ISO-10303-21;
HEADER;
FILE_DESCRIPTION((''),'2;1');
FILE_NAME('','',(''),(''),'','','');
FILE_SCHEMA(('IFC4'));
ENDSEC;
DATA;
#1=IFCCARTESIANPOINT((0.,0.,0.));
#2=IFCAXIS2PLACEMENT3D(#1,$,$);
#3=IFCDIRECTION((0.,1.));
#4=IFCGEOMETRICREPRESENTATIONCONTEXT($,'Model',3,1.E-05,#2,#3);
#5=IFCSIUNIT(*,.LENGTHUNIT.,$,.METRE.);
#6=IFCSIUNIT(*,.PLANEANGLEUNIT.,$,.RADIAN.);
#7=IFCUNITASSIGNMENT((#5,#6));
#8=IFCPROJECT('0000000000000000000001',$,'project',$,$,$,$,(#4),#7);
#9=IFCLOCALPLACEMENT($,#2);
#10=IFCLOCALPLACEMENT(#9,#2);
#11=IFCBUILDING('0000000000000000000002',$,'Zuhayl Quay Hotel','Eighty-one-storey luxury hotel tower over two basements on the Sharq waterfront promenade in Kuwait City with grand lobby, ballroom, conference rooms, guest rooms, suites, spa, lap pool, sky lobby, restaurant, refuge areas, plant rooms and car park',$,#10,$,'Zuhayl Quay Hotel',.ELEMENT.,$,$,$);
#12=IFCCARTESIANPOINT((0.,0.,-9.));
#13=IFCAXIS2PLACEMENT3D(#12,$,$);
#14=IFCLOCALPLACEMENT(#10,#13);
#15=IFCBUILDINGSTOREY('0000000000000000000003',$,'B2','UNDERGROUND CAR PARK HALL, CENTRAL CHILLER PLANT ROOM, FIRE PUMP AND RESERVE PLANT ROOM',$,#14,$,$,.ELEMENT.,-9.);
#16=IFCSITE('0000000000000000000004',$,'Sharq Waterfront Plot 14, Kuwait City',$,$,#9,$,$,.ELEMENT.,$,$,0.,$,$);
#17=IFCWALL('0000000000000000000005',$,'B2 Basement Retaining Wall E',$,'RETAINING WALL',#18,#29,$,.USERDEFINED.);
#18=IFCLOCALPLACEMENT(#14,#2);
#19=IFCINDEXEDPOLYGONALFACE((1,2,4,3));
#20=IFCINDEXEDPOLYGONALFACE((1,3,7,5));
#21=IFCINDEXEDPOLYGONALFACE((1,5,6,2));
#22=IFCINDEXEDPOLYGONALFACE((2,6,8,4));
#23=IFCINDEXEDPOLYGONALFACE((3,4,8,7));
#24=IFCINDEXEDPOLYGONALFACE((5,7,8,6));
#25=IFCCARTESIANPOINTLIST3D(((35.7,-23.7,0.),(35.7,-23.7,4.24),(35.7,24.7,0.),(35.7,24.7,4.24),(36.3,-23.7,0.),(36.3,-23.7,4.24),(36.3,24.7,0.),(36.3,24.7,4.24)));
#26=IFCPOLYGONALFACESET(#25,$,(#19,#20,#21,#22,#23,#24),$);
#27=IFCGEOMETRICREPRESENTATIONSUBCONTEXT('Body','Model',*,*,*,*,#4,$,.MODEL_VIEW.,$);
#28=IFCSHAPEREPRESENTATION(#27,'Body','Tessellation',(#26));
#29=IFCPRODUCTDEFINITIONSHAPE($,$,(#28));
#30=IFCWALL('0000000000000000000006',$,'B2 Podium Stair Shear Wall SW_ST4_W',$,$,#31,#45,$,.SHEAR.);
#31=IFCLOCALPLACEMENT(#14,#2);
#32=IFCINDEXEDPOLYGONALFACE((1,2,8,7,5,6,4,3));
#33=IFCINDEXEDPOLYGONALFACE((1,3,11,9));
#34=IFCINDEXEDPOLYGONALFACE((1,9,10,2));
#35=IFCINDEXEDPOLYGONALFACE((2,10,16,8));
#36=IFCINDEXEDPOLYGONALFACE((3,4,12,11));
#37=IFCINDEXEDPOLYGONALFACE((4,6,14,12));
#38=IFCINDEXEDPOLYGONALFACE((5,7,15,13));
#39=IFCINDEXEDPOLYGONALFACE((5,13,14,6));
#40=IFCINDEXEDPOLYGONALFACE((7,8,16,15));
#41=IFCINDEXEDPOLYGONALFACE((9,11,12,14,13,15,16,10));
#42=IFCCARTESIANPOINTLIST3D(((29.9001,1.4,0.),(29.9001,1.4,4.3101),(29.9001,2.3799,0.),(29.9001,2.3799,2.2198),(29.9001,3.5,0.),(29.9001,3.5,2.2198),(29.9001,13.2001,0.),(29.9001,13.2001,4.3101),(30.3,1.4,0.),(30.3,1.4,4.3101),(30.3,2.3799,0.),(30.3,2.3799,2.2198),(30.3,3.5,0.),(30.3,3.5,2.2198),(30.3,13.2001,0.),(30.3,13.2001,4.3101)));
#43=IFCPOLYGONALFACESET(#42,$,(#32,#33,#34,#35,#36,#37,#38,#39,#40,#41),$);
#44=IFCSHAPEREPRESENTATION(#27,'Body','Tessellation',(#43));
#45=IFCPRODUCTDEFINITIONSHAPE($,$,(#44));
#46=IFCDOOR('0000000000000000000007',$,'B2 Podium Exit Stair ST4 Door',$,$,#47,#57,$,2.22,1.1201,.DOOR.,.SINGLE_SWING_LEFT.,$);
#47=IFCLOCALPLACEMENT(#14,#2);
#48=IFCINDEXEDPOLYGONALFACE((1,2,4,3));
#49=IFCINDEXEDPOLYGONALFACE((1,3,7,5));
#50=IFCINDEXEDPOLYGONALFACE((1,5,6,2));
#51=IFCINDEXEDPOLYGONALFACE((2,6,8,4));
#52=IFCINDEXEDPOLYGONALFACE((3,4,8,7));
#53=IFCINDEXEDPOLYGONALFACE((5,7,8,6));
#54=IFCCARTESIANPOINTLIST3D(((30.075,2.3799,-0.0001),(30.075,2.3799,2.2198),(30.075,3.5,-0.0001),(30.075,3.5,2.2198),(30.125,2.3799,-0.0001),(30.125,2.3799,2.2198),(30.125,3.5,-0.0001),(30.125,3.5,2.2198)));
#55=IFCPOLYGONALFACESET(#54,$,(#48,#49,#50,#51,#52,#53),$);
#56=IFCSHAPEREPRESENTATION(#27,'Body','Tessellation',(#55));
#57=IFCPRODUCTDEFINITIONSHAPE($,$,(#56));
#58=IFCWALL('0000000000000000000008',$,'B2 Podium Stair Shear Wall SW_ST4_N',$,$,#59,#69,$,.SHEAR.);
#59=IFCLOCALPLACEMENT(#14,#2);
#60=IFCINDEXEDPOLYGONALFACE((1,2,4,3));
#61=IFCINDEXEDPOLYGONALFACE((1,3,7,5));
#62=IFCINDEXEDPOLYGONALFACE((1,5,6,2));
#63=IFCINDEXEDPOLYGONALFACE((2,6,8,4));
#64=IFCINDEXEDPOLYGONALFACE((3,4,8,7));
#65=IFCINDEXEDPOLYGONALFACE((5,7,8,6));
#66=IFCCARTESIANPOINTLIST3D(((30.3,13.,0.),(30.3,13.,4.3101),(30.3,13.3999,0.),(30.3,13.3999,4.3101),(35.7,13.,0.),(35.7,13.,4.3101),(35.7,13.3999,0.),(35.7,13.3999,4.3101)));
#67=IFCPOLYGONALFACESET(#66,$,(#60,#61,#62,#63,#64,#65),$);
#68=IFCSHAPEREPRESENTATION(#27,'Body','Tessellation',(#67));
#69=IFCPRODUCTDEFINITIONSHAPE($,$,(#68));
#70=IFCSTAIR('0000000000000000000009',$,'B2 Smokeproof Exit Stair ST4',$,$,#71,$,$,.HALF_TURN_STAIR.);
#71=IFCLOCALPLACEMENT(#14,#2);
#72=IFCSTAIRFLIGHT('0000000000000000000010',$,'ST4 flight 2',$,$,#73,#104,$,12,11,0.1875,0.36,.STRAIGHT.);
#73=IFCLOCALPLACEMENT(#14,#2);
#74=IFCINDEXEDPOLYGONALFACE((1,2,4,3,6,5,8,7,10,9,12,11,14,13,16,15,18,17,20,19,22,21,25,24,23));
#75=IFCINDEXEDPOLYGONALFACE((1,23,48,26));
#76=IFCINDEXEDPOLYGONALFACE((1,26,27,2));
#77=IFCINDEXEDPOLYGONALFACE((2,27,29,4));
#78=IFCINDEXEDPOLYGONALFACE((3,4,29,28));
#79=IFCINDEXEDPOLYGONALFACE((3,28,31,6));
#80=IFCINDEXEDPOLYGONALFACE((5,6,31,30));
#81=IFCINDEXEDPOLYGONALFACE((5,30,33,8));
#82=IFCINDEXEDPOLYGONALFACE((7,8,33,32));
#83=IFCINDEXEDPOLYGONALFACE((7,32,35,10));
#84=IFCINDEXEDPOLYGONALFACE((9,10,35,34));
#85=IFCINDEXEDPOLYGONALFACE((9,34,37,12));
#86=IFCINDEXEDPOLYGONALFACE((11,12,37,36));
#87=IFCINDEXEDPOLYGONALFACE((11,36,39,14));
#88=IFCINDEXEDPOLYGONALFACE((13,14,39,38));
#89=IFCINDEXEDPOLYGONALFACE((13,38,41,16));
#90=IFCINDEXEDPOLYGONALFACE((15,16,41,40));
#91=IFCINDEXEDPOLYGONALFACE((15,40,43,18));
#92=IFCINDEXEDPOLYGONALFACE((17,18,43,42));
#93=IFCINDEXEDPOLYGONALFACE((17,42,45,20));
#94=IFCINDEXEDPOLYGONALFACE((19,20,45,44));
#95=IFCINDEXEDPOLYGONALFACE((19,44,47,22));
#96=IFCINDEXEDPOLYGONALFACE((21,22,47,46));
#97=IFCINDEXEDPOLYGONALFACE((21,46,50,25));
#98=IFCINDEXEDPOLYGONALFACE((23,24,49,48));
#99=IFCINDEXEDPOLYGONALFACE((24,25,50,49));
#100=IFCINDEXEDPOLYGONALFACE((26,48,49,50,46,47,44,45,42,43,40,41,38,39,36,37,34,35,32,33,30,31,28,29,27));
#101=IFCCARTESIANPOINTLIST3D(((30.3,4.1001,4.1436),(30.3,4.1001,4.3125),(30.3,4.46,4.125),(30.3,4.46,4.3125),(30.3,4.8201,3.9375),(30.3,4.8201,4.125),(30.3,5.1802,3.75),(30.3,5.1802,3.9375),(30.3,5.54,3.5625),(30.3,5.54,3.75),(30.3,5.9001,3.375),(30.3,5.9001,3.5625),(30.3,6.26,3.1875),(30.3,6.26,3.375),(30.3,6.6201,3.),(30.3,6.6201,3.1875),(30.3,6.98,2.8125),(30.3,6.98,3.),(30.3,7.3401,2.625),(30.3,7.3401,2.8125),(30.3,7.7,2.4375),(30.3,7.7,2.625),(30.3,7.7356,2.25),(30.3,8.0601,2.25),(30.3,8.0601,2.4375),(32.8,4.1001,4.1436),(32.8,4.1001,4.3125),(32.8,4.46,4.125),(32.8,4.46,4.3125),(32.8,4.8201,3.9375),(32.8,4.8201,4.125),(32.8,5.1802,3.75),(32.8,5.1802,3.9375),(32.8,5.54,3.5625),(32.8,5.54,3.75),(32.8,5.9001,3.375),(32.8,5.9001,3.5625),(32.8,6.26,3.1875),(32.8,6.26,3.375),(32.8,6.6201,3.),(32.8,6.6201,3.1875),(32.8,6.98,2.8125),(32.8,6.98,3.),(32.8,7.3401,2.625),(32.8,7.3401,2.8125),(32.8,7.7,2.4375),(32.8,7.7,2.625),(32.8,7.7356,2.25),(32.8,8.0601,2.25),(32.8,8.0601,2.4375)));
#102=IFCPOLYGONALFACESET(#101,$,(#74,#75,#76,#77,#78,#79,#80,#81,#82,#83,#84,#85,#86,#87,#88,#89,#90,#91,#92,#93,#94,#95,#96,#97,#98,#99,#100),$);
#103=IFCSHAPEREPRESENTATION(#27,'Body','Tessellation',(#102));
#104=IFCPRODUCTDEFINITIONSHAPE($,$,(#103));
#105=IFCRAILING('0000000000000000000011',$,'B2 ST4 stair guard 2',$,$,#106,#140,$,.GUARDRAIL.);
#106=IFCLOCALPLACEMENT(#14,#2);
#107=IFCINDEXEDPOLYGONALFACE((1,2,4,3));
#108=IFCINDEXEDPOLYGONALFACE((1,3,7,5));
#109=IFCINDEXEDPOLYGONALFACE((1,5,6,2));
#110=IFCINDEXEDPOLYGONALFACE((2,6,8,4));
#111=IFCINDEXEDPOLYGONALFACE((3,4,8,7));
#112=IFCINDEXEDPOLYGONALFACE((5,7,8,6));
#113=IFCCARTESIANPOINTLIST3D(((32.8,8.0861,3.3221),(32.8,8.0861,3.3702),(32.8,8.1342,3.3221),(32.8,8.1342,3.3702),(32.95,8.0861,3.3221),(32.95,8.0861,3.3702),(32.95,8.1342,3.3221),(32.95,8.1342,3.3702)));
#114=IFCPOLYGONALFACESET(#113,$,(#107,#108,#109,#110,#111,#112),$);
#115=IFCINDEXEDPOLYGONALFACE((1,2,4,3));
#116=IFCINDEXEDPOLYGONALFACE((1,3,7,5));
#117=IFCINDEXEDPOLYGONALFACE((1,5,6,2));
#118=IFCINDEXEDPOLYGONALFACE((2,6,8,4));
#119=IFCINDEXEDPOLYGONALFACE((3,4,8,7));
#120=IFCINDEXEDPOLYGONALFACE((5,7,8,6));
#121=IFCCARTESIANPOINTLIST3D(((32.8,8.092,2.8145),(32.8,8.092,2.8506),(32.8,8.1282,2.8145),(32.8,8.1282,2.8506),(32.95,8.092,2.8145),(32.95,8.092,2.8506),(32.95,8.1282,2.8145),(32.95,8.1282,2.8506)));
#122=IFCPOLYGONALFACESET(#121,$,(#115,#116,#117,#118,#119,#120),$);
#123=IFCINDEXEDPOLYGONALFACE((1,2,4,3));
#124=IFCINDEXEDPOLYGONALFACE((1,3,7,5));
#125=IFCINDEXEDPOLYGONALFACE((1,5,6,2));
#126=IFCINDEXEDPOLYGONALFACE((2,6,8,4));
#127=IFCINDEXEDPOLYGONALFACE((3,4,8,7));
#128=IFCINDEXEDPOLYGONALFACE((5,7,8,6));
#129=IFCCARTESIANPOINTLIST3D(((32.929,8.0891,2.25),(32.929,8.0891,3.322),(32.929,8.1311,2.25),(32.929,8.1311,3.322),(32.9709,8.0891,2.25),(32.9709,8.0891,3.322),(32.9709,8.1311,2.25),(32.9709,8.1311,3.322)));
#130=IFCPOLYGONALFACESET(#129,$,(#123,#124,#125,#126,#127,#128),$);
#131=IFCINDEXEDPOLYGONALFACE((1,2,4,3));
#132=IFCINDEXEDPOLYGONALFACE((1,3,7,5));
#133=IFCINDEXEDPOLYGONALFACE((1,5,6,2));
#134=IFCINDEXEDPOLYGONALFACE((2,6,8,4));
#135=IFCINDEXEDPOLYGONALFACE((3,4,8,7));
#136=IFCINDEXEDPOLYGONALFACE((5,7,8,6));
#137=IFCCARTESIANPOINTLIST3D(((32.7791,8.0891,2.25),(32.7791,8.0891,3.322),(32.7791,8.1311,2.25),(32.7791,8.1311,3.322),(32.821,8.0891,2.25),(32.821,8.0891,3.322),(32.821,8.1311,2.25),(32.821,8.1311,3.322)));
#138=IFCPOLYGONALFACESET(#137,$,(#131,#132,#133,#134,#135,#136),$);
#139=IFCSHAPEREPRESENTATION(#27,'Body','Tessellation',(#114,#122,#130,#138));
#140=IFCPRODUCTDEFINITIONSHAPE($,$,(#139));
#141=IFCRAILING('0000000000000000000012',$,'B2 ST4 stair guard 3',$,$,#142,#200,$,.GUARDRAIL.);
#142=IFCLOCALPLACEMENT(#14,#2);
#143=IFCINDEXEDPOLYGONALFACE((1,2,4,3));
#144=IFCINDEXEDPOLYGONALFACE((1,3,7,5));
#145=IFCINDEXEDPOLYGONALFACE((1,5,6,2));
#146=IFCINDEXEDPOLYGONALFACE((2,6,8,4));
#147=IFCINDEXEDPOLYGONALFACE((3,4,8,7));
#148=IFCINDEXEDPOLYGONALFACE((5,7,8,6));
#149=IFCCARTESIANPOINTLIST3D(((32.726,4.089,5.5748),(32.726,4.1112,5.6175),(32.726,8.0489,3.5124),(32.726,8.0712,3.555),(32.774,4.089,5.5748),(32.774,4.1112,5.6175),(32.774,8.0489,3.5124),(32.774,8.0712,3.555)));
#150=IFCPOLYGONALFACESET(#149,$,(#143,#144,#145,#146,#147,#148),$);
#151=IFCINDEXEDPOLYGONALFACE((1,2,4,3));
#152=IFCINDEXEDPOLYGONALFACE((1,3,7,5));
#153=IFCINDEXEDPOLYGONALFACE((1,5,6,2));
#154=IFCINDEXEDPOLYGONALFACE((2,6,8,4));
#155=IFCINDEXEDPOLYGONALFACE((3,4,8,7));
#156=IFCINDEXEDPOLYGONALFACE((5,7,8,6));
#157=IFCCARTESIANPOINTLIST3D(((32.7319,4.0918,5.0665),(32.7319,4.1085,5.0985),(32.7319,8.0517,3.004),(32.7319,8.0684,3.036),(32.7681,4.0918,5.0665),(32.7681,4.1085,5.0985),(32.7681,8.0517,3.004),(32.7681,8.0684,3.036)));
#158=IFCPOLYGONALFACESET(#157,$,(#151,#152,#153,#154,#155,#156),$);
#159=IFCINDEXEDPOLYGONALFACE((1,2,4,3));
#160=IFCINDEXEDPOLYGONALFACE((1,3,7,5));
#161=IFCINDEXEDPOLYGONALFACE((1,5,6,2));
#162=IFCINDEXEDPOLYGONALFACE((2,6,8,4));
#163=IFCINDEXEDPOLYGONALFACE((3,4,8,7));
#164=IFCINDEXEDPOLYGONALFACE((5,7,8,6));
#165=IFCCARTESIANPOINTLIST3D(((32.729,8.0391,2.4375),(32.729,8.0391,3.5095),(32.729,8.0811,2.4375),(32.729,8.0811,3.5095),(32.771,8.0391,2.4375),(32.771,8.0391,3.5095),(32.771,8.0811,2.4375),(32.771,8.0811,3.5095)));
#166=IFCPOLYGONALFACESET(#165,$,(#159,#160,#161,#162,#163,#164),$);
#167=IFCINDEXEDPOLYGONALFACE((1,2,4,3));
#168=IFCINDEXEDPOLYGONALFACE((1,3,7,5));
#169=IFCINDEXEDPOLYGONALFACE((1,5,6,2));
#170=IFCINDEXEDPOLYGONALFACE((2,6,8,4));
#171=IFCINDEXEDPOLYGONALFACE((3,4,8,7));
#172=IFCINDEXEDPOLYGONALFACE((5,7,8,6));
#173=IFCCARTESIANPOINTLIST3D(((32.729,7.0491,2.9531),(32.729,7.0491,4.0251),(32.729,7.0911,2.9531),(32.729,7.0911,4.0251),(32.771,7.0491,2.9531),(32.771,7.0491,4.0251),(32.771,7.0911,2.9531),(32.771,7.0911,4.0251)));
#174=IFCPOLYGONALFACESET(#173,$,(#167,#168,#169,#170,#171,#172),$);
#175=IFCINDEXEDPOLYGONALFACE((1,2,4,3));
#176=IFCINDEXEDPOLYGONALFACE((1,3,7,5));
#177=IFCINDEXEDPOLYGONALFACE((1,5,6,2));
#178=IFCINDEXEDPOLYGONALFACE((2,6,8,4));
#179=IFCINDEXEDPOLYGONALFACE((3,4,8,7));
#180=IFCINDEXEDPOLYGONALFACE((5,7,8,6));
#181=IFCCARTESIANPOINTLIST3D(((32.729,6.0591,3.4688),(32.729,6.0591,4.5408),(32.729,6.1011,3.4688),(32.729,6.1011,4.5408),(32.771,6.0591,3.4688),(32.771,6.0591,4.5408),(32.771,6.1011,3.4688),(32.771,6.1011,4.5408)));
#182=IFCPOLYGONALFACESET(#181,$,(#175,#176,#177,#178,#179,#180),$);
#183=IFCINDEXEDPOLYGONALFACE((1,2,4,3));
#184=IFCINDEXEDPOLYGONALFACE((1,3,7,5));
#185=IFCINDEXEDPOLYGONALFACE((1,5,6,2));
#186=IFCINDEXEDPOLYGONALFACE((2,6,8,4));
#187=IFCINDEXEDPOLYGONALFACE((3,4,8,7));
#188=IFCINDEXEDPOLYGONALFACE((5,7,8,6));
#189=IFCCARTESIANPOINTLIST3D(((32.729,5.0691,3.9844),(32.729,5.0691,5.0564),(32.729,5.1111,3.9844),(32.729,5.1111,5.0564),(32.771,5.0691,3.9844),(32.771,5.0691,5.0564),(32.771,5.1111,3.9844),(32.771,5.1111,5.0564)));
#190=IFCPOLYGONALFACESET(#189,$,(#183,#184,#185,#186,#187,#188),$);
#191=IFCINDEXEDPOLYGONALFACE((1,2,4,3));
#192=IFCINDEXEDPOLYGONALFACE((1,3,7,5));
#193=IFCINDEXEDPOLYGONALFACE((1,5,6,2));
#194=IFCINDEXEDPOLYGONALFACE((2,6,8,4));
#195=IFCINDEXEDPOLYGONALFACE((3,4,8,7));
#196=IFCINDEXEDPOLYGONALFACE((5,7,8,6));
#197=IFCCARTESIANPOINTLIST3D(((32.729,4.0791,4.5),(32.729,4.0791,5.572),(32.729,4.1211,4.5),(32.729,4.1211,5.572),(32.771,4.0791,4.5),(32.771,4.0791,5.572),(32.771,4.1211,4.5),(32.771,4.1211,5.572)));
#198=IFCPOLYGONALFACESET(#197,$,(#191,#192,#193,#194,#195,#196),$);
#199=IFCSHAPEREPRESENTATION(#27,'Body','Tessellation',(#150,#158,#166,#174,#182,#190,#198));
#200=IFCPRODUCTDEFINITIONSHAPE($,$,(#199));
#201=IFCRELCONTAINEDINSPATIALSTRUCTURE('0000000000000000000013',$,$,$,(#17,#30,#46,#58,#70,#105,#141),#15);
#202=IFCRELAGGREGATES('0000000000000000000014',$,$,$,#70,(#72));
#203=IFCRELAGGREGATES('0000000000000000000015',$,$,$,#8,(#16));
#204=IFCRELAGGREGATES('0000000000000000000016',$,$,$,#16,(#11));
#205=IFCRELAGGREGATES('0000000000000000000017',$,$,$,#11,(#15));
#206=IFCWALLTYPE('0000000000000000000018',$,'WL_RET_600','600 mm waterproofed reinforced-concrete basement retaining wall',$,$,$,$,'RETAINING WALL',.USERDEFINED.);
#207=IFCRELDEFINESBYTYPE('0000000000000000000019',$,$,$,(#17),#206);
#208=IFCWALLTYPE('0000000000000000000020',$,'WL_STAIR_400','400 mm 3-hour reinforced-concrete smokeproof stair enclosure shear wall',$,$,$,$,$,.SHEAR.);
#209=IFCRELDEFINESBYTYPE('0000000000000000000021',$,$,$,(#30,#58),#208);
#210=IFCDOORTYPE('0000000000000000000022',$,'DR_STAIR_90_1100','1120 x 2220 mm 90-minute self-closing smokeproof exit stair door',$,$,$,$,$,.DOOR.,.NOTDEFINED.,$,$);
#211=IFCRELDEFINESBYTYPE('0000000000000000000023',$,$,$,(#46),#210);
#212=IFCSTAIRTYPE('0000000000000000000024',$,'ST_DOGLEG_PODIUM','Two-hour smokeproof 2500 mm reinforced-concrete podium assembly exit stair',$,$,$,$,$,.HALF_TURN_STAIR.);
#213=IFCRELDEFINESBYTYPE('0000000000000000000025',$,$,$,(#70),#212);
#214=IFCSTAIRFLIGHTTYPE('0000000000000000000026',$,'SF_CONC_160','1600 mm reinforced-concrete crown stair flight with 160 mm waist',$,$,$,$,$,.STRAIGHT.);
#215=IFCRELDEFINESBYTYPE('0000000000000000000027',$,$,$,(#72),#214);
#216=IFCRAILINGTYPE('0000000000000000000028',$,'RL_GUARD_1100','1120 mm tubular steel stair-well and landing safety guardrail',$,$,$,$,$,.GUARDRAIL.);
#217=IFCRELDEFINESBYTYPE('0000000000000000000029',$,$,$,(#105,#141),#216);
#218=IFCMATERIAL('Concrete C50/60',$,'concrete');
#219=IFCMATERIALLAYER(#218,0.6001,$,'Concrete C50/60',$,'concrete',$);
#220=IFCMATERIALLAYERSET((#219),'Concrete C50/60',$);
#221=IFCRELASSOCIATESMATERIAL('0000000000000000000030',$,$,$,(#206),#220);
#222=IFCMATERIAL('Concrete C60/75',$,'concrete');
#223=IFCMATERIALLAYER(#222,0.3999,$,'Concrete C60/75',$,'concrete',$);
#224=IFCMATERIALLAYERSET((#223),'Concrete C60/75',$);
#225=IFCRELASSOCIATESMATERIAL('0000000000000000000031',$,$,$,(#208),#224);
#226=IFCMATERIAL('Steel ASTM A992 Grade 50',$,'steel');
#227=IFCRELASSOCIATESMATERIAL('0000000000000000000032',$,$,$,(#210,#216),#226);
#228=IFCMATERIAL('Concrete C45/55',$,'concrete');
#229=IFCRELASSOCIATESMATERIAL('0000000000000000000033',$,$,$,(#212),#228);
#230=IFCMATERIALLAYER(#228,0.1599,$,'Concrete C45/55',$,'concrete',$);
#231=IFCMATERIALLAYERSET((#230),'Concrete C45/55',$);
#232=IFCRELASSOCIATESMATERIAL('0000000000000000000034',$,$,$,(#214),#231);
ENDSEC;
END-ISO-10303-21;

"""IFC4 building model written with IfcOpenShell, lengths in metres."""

from ifc_helpers import new_model, si_unit, direction, frame, frame_2d, origin, origin_2d, place, context, subcontext, project, spatial, polyline, rectangle, outline, extrude, material, layer, layer_set, type_object, element, fill, aggregate, save


model = new_model("IFC4")

# Units and contexts
model_context = context("Model", 3, precision=1e-05, world=origin(), true_north=direction((0.0, 1.0)))
body_context = subcontext(model_context, "Body", "Model", "MODEL_VIEW")
ifc_project = project(units=[si_unit("LENGTHUNIT", "METRE"), si_unit("PLANEANGLEUNIT", "RADIAN")], contexts=[model_context])

# Site, building, storey
site_placement = place(None, origin())
site = spatial("IfcSite", under=ifc_project, at=site_placement, Name="Sharq Waterfront Plot 14, Kuwait City", CompositionType="ELEMENT", RefElevation=0.0)
building_placement = place(site_placement, origin())
building = spatial("IfcBuilding", under=site, at=building_placement, Name="Zuhayl Quay Hotel", Description="Eighty-one-storey luxury hotel tower over two basements on the Sharq waterfront promenade in Kuwait City with grand lobby, ballroom, conference rooms, guest rooms, suites, spa, lap pool, sky lobby, restaurant, refuge areas, plant rooms and car park", LongName="Zuhayl Quay Hotel", CompositionType="ELEMENT")
storey_placement = place(building_placement, frame((0.0, 0.0, -9.0)))
storey = spatial("IfcBuildingStorey", under=building, at=storey_placement, Name="B2", Description="UNDERGROUND CAR PARK HALL, CENTRAL CHILLER PLANT ROOM, FIRE PUMP AND RESERVE PLANT ROOM", CompositionType="ELEMENT", Elevation=-9.0)

# Shared definitions
ifc_material_1 = material(Name="Concrete C60/75", Category="concrete")

# Shared definitions
ifc_material_2 = material(Name="Concrete C50/60", Category="concrete")

# Wall
ifc_layer_1 = layer(ifc_material_2, 0.6001, Name="Concrete C50/60", Category="concrete")
ifc_layer_set_1 = layer_set([ifc_layer_1], Name="Concrete C50/60")
wall_type_1 = type_object("IfcWallType", Name="WL_RET_600", Description="600 mm waterproofed reinforced-concrete basement retaining wall", ElementType="RETAINING WALL", PredefinedType="USERDEFINED", material=ifc_layer_set_1)
wall_1_placement = place(storey_placement, frame((36.0, 24.7, 0.0), z_axis=(0.0, 0.0, 1.0), x_axis=(0.0, -1.0, 0.0)))
element("IfcWall", 1, at=wall_1_placement, inside=storey, type_object=wall_type_1, Name="B2 Basement Retaining Wall E", ObjectType="RETAINING WALL", PredefinedType="USERDEFINED", context=body_context, shape_type="SweptSolid", body=[
    extrude(rectangle(XDim=48.3999, YDim=0.6001, at=frame_2d((24.2, 0.0))), origin(), (0.0, 0.0, 1.0), 4.24),
])

# Wall, opening, door
ifc_layer_2 = layer(ifc_material_1, 0.3999, Name="Concrete C60/75", Category="concrete")
ifc_layer_set_2 = layer_set([ifc_layer_2], Name="Concrete C60/75")
wall_type_2 = type_object("IfcWallType", Name="WL_STAIR_400", Description="400 mm 3-hour reinforced-concrete smokeproof stair enclosure shear wall", PredefinedType="SHEAR", material=ifc_layer_set_2)
wall_2_placement = place(storey_placement, frame((30.1001, 13.2, 0.0), z_axis=(0.0, 0.0, 1.0), x_axis=(0.0, -1.0, 0.0)))
wall_2 = element("IfcWall", 2, at=wall_2_placement, inside=storey, type_object=wall_type_2, Name="B2 Podium Stair Shear Wall SW_ST4_W", PredefinedType="SHEAR", context=body_context, shape_type="SweptSolid", body=[
    extrude(rectangle(XDim=11.8, YDim=0.3999, at=frame_2d((5.8999, 0.0))), origin(), (0.0, 0.0, 1.0), 4.3101),
])
opening_1_placement = place(wall_2_placement, frame((9.7, 0.0, 0.0)))
opening_1 = element("IfcOpeningElement", 3, at=opening_1_placement, cuts=wall_2, PredefinedType="OPENING", context=body_context, shape_type="SweptSolid", body=[
    extrude(rectangle(XDim=1.1201, YDim=2.22, at=frame_2d((0.5601, 1.1099))), frame((0.0, 0.21, 0.0), z_axis=(0.0, -1.0, 0.0), x_axis=(1.0, 0.0, 0.0)), (0.0, 0.0, 1.0), 0.4199),
])
ifc_material_3 = material(Name="Steel ASTM A992 Grade 50", Category="steel")
door_type_1 = type_object("IfcDoorType", Name="DR_STAIR_90_1100", Description="1120 x 2220 mm 90-minute self-closing smokeproof exit stair door", OperationType="NOTDEFINED", PredefinedType="DOOR", material=ifc_material_3)
door_1_placement = place(opening_1_placement, origin())
door_1 = element("IfcDoor", 4, at=door_1_placement, inside=storey, type_object=door_type_1, Name="B2 Podium Exit Stair ST4 Door", OperationType="SINGLE_SWING_LEFT", OverallHeight=2.22, OverallWidth=1.1201, PredefinedType="DOOR", context=body_context, shape_type="SweptSolid", body=[
    extrude(rectangle(XDim=1.1201, YDim=2.22, at=frame_2d((0.5601, 1.1099))), frame((0.0, 0.0249, 0.0), z_axis=(0.0, -1.0, 0.0), x_axis=(1.0, 0.0, 0.0)), (0.0, 0.0, 1.0), 0.05),
])
fill(opening_1, door_1)

# Wall
wall_3_placement = place(storey_placement, frame((30.3, 13.2, 0.0), z_axis=(0.0, 0.0, 1.0), x_axis=(1.0, 0.0, 0.0)))
element("IfcWall", 5, at=wall_3_placement, inside=storey, type_object=wall_type_2, Name="B2 Podium Stair Shear Wall SW_ST4_N", PredefinedType="SHEAR", context=body_context, shape_type="SweptSolid", body=[
    extrude(rectangle(XDim=5.3999, YDim=0.3999, at=frame_2d((2.7, 0.0))), origin(), (0.0, 0.0, 1.0), 4.3101),
])

# Stair, stair flight
ifc_material_4 = material(Name="Concrete C45/55", Category="concrete")
stair_type = type_object("IfcStairType", Name="ST_DOGLEG_PODIUM", Description="Two-hour smokeproof 2500 mm reinforced-concrete podium assembly exit stair", PredefinedType="HALF_TURN_STAIR", material=ifc_material_4)
stair_placement = place(storey_placement, origin())
stair = element("IfcStair", 6, at=stair_placement, inside=storey, type_object=stair_type, Name="B2 Smokeproof Exit Stair ST4", PredefinedType="HALF_TURN_STAIR")
ifc_layer_3 = layer(ifc_material_4, 0.1599, Name="Concrete C45/55", Category="concrete")
ifc_layer_set_3 = layer_set([ifc_layer_3], Name="Concrete C45/55")
stair_flight_type = type_object("IfcStairFlightType", Name="SF_CONC_160", Description="1600 mm reinforced-concrete crown stair flight with 160 mm waist", PredefinedType="STRAIGHT", material=ifc_layer_set_3)
stair_flight_placement = place(storey_placement, frame((31.55, 8.0601, 2.25), z_axis=(0.0, 0.0, 1.0), x_axis=(0.0, -1.0, 0.0)))
stair_flight = element("IfcStairFlight", 7, at=stair_flight_placement, type_object=stair_flight_type, Name="ST4 flight 2", NumberOfRisers=12, NumberOfTreads=11, PredefinedType="STRAIGHT", RiserHeight=0.1875, TreadLength=0.36, context=body_context, shape_type="SweptSolid", body=[
    extrude(outline(polyline([(0.0, 0.0), (0.0, 0.1875), (0.3601, 0.1875), (0.3601, 0.375), (0.72, 0.375), (0.72, 0.5625), (1.0801, 0.5625), (1.0801, 0.75), (1.4399, 0.75), (1.4399, 0.9375), (1.8, 0.9375), (1.8, 1.125), (2.1599, 1.125), (2.1599, 1.3125), (2.52, 1.3125), (2.52, 1.5), (2.8799, 1.5), (2.8799, 1.6875), (3.24, 1.6875), (3.24, 1.875), (3.6001, 1.875), (3.6001, 2.0625), (3.96, 2.0625), (3.96, 2.25), (3.96, 1.8936), (0.3245, 0.0), (0.0, 0.0)])), frame((0.0, 1.25, 0.0), z_axis=(0.0, -1.0, 0.0), x_axis=(1.0, 0.0, 0.0)), (0.0, 0.0, 1.0), 2.5),
])
aggregate(stair, [stair_flight])

# Railings
railing_type_1 = type_object("IfcRailingType", Name="RL_GUARD_1100", Description="1120 mm tubular steel stair-well and landing safety guardrail", PredefinedType="GUARDRAIL", material=ifc_material_3)
railing_1_placement = place(storey_placement, frame((32.95, 8.1101, 2.25)))
element("IfcRailing", 8, at=railing_1_placement, inside=storey, type_object=railing_type_1, Name="B2 ST4 stair guard 2", PredefinedType="GUARDRAIL", context=body_context, shape_type="SweptSolid", body=[
    extrude(rectangle(XDim=0.0481, YDim=0.0481, at=origin_2d()), frame((0.0, 0.0, 1.0962), z_axis=(-1.0, 0.0, 0.0), x_axis=(0.0, -1.0, 0.0)), (0.0, 0.0, 1.0), 0.1499),
    extrude(rectangle(XDim=0.0361, YDim=0.0361, at=origin_2d()), frame((0.0, 0.0, 0.5825), z_axis=(-1.0, 0.0, 0.0), x_axis=(0.0, -1.0, 0.0)), (0.0, 0.0, 1.0), 0.1499),
    extrude(rectangle(XDim=0.042, YDim=0.042, at=origin_2d()), origin(), (0.0, 0.0, 1.0), 1.072),
    extrude(rectangle(XDim=0.042, YDim=0.042, at=origin_2d()), frame((-0.1499, 0.0, 0.0)), (0.0, 0.0, 1.0), 1.072),
])
railing_2_placement = place(storey_placement, frame((32.75, 8.0601, 2.4375)))
element("IfcRailing", 9, at=railing_2_placement, inside=storey, type_object=railing_type_1, Name="B2 ST4 stair guard 3", PredefinedType="GUARDRAIL", context=body_context, shape_type="SweptSolid", body=[
    extrude(rectangle(XDim=0.0481, YDim=0.0481, at=origin_2d()), frame((0.0, 0.0, 1.0962), z_axis=(0.0, -0.886912, 0.461938), x_axis=(1.0, 0.0, 0.0)), (0.0, 0.0, 1.0), 4.4648),
    extrude(rectangle(XDim=0.0361, YDim=0.0361, at=origin_2d()), frame((0.0, 0.0, 0.5825), z_axis=(0.0, -0.886912, 0.461938), x_axis=(1.0, 0.0, 0.0)), (0.0, 0.0, 1.0), 4.4648),
    extrude(rectangle(XDim=0.042, YDim=0.042, at=origin_2d()), origin(), (0.0, 0.0, 1.0), 1.072),
    extrude(rectangle(XDim=0.042, YDim=0.042, at=origin_2d()), frame((0.0, -0.99, 0.5156)), (0.0, 0.0, 1.0), 1.072),
    extrude(rectangle(XDim=0.042, YDim=0.042, at=origin_2d()), frame((0.0, -1.98, 1.0312)), (0.0, 0.0, 1.0), 1.072),
    extrude(rectangle(XDim=0.042, YDim=0.042, at=origin_2d()), frame((0.0, -2.97, 1.5469)), (0.0, 0.0, 1.0), 1.072),
    extrude(rectangle(XDim=0.042, YDim=0.042, at=origin_2d()), frame((0.0, -3.96, 2.0625)), (0.0, 0.0, 1.0), 1.072),
])

save(model, "model.ifc")
